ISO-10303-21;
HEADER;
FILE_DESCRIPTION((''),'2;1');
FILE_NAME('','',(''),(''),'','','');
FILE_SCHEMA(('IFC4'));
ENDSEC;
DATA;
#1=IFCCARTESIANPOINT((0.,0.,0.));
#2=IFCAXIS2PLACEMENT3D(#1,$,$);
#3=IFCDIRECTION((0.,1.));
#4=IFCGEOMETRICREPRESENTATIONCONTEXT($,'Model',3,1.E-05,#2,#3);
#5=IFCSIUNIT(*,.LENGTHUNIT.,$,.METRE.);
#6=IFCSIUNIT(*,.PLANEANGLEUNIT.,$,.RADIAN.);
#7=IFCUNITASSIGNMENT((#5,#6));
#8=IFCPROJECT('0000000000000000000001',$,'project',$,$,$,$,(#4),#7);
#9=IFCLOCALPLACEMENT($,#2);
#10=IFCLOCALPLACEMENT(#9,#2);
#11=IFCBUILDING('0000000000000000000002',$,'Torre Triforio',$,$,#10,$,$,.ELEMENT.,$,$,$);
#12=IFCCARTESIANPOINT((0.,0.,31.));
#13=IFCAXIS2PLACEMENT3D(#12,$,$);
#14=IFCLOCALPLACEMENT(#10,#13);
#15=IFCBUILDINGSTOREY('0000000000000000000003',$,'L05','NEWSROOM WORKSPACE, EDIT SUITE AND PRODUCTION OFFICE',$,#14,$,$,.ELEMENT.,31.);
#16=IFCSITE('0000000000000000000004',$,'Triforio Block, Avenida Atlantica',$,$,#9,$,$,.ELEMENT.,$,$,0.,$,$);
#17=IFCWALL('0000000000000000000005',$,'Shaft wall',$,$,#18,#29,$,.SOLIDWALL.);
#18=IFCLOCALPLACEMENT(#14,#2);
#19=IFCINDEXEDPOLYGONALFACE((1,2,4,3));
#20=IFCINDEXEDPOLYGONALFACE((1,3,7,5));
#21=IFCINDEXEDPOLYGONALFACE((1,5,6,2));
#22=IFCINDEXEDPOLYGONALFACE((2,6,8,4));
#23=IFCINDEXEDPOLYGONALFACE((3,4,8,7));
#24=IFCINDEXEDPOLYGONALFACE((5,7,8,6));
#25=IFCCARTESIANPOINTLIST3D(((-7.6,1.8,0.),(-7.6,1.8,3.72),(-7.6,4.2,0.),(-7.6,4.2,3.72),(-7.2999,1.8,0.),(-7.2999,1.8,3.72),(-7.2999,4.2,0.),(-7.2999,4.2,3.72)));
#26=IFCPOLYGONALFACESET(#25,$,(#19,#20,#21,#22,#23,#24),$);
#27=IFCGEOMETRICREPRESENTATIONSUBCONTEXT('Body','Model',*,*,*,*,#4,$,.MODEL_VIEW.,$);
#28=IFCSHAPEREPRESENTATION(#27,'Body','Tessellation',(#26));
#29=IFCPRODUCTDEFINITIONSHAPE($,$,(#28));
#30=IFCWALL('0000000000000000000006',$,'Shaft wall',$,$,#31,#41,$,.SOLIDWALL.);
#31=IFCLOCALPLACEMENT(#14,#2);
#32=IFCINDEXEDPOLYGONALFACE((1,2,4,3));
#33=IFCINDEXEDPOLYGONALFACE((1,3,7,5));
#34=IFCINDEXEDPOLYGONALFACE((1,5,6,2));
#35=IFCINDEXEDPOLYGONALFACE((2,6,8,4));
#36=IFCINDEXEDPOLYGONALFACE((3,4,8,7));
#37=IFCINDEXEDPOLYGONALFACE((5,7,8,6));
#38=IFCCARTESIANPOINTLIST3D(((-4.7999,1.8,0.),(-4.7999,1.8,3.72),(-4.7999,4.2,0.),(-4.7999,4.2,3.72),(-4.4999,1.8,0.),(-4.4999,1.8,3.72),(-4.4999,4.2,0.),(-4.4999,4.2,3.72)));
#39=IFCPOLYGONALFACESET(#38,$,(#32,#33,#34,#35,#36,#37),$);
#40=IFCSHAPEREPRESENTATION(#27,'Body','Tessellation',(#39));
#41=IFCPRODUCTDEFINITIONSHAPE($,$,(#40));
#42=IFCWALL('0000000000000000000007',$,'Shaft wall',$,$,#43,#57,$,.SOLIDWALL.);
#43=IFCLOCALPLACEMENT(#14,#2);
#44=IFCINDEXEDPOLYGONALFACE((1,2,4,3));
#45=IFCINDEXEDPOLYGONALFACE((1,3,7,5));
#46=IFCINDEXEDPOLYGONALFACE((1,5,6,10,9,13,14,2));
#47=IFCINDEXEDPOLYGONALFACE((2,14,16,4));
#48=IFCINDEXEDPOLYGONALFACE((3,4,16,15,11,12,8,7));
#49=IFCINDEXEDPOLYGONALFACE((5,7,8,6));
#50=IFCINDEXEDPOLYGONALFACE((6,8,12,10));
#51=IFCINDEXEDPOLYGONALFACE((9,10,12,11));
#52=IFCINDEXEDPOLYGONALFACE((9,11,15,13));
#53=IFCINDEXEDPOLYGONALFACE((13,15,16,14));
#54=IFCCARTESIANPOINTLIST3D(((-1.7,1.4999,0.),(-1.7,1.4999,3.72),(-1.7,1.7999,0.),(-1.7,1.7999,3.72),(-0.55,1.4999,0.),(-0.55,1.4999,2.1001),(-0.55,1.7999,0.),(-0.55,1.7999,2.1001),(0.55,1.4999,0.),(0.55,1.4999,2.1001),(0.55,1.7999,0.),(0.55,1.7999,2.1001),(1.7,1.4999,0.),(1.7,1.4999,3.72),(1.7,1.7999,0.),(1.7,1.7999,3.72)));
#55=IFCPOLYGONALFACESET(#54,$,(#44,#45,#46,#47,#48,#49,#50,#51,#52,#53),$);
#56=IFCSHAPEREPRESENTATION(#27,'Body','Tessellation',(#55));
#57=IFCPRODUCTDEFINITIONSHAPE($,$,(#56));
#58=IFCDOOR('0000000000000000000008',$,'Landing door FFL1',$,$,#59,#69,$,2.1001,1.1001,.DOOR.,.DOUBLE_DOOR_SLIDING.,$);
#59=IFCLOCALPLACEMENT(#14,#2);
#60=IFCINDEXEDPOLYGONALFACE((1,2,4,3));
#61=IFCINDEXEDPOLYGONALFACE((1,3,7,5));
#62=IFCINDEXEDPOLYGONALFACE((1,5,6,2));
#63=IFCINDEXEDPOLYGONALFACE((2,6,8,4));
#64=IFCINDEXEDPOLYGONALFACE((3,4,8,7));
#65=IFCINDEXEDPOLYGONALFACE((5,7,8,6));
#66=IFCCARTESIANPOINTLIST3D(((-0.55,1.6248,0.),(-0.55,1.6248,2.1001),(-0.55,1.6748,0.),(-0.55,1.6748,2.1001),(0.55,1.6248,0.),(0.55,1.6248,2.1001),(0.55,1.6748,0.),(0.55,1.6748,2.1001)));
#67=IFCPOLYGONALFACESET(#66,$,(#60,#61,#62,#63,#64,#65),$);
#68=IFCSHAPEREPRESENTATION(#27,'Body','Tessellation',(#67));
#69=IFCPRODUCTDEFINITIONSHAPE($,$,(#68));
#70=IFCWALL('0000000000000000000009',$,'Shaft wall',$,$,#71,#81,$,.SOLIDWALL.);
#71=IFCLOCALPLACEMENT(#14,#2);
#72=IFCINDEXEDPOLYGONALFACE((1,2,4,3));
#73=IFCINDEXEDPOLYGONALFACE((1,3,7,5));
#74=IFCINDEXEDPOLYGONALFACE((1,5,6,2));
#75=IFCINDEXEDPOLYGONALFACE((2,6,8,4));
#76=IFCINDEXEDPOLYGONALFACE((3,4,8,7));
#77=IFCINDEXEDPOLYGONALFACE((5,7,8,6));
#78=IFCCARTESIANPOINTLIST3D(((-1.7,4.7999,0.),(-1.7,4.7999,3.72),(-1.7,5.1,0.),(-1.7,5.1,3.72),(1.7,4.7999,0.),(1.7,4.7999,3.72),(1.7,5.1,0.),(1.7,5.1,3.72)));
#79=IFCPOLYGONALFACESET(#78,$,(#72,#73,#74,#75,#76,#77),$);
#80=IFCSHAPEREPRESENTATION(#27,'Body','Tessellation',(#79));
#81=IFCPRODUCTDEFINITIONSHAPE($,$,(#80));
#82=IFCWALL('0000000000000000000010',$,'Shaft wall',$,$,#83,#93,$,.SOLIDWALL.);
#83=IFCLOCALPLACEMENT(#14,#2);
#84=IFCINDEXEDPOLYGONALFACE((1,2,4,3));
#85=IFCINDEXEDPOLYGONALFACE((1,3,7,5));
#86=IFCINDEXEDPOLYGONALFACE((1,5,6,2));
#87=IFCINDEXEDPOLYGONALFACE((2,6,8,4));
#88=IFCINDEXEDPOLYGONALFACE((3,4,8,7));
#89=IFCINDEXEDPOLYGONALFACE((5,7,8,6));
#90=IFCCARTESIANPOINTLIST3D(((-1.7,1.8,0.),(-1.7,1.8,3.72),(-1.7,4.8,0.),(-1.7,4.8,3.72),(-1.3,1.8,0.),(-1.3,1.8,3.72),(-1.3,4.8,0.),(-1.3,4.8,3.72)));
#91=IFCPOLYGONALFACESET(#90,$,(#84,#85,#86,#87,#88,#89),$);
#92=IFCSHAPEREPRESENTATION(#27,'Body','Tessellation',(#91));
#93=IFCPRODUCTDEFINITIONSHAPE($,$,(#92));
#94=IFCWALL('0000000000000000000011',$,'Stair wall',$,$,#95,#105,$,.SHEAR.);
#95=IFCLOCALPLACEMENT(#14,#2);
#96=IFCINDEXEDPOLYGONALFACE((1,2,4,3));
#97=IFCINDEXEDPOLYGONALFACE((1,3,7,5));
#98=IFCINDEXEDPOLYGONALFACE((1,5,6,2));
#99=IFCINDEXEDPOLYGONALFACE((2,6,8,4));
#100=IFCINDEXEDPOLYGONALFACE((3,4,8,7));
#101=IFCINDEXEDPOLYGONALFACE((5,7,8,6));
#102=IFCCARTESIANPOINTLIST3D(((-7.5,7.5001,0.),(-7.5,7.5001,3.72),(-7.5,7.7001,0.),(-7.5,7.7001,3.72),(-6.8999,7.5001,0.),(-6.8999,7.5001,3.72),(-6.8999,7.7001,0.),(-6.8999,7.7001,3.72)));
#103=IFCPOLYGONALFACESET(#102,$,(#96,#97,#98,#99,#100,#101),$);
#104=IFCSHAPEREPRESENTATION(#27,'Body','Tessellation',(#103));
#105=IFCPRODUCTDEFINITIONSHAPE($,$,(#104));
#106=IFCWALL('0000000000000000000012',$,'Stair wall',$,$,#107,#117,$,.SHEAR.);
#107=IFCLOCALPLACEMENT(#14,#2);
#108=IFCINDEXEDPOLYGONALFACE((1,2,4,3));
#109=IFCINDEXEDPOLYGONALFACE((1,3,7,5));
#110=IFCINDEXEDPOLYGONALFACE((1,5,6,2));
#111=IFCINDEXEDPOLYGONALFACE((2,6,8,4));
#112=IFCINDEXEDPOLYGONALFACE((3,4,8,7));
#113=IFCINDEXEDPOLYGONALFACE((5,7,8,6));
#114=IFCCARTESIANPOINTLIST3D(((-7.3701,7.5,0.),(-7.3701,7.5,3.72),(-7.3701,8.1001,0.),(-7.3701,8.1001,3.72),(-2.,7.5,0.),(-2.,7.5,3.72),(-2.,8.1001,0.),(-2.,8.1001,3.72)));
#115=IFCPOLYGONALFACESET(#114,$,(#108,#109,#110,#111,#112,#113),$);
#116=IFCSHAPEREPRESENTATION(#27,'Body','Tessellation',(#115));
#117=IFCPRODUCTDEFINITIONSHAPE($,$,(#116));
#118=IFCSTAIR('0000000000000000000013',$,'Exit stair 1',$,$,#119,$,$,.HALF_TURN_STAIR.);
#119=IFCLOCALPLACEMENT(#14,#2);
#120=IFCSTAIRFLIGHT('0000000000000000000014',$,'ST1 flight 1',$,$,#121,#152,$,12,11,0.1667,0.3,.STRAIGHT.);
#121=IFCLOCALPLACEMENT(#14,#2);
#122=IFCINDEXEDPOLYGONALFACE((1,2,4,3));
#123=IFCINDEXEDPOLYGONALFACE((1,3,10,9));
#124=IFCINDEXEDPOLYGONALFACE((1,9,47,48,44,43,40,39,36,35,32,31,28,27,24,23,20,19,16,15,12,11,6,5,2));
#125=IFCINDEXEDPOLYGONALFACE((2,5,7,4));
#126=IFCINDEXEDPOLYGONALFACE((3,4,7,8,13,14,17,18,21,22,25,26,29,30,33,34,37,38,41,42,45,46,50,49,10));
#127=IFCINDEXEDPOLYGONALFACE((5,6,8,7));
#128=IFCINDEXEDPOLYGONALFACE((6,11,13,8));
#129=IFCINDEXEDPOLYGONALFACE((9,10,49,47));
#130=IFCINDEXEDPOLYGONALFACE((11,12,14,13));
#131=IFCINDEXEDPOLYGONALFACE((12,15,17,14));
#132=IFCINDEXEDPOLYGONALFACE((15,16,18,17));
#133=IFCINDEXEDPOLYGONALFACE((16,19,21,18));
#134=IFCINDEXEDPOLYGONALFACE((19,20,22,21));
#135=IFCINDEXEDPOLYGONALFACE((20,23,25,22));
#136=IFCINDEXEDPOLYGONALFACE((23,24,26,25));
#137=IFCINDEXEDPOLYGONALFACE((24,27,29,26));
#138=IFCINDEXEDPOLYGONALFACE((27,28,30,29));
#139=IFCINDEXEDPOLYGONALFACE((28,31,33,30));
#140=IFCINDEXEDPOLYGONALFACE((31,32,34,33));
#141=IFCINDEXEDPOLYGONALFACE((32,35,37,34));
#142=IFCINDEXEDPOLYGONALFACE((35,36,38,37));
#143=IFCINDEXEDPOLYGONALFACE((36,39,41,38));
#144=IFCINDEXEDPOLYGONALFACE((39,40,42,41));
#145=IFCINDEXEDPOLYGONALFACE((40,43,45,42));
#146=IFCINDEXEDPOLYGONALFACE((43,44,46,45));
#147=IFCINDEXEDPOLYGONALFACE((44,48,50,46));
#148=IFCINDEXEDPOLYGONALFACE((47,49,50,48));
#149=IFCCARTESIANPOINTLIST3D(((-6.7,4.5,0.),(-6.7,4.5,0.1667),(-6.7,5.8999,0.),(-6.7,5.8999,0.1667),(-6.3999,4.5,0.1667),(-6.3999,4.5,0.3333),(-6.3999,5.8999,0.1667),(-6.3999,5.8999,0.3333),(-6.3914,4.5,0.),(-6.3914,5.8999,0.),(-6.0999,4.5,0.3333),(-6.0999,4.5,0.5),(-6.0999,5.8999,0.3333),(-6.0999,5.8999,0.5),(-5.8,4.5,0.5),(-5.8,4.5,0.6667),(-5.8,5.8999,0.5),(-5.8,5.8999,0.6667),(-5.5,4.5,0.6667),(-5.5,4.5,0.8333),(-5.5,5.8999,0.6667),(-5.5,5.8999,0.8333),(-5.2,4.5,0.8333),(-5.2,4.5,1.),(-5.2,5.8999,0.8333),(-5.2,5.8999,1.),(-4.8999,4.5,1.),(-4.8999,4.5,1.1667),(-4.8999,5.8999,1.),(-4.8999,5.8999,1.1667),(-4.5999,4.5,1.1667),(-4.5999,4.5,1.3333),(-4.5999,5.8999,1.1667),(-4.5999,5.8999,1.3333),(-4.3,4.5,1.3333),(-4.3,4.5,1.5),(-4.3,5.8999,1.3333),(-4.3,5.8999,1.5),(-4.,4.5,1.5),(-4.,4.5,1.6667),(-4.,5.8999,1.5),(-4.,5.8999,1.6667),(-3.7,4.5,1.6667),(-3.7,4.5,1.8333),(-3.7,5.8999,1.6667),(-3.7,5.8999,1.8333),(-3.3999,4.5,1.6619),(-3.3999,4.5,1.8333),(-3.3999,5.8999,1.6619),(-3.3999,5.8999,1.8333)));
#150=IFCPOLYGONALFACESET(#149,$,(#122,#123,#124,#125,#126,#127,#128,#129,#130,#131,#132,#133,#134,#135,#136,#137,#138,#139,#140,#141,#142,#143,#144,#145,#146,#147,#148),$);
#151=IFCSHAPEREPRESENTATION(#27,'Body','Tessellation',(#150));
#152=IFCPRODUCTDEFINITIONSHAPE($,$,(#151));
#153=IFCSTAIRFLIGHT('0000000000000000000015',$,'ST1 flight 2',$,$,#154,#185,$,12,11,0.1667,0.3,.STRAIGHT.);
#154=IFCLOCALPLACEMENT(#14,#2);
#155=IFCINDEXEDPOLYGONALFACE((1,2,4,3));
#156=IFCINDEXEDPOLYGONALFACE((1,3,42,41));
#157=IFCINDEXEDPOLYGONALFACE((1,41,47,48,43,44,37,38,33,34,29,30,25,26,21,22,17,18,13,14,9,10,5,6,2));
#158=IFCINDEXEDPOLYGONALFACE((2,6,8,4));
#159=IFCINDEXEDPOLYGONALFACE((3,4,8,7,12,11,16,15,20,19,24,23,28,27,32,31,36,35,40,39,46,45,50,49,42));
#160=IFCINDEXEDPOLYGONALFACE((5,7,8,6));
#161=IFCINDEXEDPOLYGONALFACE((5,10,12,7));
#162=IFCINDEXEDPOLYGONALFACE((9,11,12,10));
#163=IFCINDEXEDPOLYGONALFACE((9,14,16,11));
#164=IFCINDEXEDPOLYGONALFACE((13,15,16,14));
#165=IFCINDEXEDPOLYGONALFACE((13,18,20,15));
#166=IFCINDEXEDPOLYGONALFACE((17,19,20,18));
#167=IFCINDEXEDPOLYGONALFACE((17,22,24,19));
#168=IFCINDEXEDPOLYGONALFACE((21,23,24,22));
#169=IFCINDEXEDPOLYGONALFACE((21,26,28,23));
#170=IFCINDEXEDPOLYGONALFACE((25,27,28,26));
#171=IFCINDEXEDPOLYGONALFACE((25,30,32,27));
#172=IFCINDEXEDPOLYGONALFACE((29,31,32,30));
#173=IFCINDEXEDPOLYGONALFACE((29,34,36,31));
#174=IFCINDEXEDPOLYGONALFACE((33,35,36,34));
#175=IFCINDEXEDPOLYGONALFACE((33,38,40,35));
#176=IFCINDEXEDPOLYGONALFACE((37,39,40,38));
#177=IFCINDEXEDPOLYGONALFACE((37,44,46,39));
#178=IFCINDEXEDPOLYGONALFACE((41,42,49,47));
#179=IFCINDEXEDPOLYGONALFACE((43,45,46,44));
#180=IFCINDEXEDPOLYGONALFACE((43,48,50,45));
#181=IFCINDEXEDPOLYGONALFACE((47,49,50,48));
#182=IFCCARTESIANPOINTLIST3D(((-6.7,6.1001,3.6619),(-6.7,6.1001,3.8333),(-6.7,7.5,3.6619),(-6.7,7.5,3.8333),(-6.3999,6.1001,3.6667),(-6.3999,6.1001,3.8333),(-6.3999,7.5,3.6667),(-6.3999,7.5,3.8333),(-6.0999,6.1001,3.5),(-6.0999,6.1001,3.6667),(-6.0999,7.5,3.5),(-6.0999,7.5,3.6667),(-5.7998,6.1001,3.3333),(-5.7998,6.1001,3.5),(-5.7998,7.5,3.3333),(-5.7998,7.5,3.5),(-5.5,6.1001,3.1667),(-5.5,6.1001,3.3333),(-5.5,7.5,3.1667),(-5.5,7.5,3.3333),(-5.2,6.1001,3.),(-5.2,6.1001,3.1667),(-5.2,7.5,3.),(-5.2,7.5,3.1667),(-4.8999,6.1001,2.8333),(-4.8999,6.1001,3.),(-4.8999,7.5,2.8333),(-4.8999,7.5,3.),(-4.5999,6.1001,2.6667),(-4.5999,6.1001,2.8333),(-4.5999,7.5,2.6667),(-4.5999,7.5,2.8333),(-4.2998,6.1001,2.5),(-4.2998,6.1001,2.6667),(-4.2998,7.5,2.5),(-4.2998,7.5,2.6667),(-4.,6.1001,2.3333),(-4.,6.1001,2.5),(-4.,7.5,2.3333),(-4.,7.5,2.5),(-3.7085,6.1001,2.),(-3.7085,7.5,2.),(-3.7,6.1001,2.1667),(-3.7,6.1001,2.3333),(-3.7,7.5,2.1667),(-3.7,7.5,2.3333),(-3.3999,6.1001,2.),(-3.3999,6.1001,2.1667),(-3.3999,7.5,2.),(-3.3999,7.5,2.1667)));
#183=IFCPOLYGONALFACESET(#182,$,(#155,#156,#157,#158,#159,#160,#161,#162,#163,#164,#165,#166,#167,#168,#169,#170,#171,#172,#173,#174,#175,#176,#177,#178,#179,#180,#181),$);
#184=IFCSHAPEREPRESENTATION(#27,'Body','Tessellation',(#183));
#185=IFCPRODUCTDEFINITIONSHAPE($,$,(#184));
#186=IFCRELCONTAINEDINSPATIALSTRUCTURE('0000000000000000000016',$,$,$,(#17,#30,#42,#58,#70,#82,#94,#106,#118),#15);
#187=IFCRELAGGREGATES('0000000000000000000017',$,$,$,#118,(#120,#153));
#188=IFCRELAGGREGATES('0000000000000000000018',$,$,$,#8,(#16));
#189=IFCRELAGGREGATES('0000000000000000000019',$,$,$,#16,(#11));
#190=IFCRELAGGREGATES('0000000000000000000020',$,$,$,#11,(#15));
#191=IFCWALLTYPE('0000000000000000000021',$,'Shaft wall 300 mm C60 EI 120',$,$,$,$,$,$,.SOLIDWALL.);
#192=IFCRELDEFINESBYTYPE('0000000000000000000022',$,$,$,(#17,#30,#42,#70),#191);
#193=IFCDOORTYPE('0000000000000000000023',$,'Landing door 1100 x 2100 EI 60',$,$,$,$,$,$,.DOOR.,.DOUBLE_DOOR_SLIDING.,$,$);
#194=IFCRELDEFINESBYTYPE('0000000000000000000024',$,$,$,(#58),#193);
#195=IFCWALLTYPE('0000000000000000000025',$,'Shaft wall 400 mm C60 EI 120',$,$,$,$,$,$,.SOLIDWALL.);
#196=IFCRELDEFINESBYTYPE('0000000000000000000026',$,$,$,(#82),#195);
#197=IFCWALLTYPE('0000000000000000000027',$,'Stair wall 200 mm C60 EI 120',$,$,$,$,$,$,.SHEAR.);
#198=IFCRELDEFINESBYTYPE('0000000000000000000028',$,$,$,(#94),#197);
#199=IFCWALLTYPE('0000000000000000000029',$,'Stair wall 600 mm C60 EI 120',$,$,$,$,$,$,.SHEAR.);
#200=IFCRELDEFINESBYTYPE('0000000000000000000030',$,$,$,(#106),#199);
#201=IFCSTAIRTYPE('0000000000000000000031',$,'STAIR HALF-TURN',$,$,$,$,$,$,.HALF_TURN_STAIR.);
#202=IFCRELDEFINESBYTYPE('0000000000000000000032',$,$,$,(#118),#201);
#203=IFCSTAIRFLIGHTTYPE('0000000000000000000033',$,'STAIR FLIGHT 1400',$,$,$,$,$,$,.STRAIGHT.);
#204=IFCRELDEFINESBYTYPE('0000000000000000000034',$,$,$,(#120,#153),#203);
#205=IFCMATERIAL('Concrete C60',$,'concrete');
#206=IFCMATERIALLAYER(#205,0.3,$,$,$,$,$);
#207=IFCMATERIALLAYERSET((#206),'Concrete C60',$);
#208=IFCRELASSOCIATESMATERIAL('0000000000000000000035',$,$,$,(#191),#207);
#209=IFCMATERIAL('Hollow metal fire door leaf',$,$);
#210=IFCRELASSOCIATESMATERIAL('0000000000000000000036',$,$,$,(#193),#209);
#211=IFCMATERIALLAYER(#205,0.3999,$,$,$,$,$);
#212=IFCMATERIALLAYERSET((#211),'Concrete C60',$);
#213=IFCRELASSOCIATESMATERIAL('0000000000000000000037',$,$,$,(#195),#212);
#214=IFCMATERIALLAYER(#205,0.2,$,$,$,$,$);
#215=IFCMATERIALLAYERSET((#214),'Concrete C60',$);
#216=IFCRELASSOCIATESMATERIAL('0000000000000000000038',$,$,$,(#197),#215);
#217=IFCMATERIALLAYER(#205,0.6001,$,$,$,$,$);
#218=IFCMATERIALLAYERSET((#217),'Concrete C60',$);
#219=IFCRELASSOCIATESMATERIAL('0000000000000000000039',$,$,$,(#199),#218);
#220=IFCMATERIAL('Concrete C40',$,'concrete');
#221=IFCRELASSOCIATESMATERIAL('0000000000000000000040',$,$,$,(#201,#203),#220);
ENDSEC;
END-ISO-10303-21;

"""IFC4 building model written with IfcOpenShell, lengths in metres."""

from ifc_helpers import new_model, si_unit, direction, frame, frame_2d, origin, place, context, subcontext, project, spatial, polyline, rectangle, outline, extrude, material, layer, layer_set, type_object, element, fill, aggregate, save


model = new_model("IFC4")

# Units and contexts
model_context = context("Model", 3, precision=1e-05, world=origin(), true_north=direction((0.0, 1.0)))
body_context = subcontext(model_context, "Body", "Model", "MODEL_VIEW")
ifc_project = project(units=[si_unit("LENGTHUNIT", "METRE"), si_unit("PLANEANGLEUNIT", "RADIAN")], contexts=[model_context])

# Site, building, storey
site_placement = place(None, origin())
site = spatial("IfcSite", under=ifc_project, at=site_placement, Name="Triforio Block, Avenida Atlantica", CompositionType="ELEMENT", RefElevation=0.0)
building_placement = place(site_placement, origin())
building = spatial("IfcBuilding", under=site, at=building_placement, Name="Torre Triforio", CompositionType="ELEMENT")
storey_placement = place(building_placement, frame((0.0, 0.0, 31.0)))
storey = spatial("IfcBuildingStorey", under=building, at=storey_placement, Name="L05", Description="NEWSROOM WORKSPACE, EDIT SUITE AND PRODUCTION OFFICE", CompositionType="ELEMENT", Elevation=31.0)

# Walls
ifc_material_1 = material(Name="Concrete C60", Category="concrete")
ifc_layer_1 = layer(ifc_material_1, 0.3)
ifc_layer_set_1 = layer_set([ifc_layer_1], Name="Concrete C60")
wall_type_1 = type_object("IfcWallType", Name="Shaft wall 300 mm C60 EI 120", PredefinedType="SOLIDWALL", material=ifc_layer_set_1)
for number, where, z_axis, x_axis, name in (
    (1, (-7.45, 1.8, 0.0), (0.0, 0.0, 1.0), (0.0, 1.0, 0.0), "Shaft wall"),
    (2, (-4.6499, 1.8, 0.0), (0.0, 0.0, 1.0), (0.0, 1.0, 0.0), "Shaft wall"),
):
    element("IfcWall", number, at=place(storey_placement, frame(where, z_axis=z_axis, x_axis=x_axis)), inside=storey, type_object=wall_type_1, Name=name, PredefinedType="SOLIDWALL", context=body_context, shape_type="SweptSolid", body=[
        extrude(rectangle(XDim=2.3999, YDim=0.3, at=frame_2d((1.2, 0.0))), origin(), (0.0, 0.0, 1.0), 3.72),
    ])

# Wall, opening, door
wall_1_placement = place(storey_placement, frame((-1.7, 1.6499, 0.0), z_axis=(0.0, 0.0, 1.0), x_axis=(1.0, 0.0, 0.0)))
wall_1 = element("IfcWall", 3, at=wall_1_placement, inside=storey, type_object=wall_type_1, Name="Shaft wall", PredefinedType="SOLIDWALL", context=body_context, shape_type="SweptSolid", body=[
    extrude(rectangle(XDim=3.3999, YDim=0.3, at=frame_2d((1.7, 0.0))), origin(), (0.0, 0.0, 1.0), 3.72),
])
opening_placement = place(wall_1_placement, frame((1.1499, 0.0, 0.0)))
opening = element("IfcOpeningElement", 4, at=opening_placement, cuts=wall_1, PredefinedType="OPENING", context=body_context, shape_type="SweptSolid", body=[
    extrude(rectangle(XDim=1.1001, YDim=2.1001, at=frame_2d((0.55, 1.05))), frame((0.0, 0.1599, 0.0), z_axis=(0.0, -1.0, 0.0), x_axis=(1.0, 0.0, 0.0)), (0.0, 0.0, 1.0), 0.3201),
])
ifc_material_2 = material(Name="Hollow metal fire door leaf")
door_type = type_object("IfcDoorType", Name="Landing door 1100 x 2100 EI 60", OperationType="DOUBLE_DOOR_SLIDING", PredefinedType="DOOR", material=ifc_material_2)
door_placement = place(opening_placement, origin())
door = element("IfcDoor", 5, at=door_placement, inside=storey, type_object=door_type, Name="Landing door FFL1", OperationType="DOUBLE_DOOR_SLIDING", OverallHeight=2.1001, OverallWidth=1.1001, PredefinedType="DOOR", context=body_context, shape_type="SweptSolid", body=[
    extrude(rectangle(XDim=1.1001, YDim=2.1001, at=frame_2d((0.55, 1.05))), frame((0.0, 0.0249, 0.0), z_axis=(0.0, -1.0, 0.0), x_axis=(1.0, 0.0, 0.0)), (0.0, 0.0, 1.0), 0.05),
])
fill(opening, door)

# Walls
wall_2_placement = place(storey_placement, frame((-1.7, 4.95, 0.0), z_axis=(0.0, 0.0, 1.0), x_axis=(1.0, 0.0, 0.0)))
element("IfcWall", 6, at=wall_2_placement, inside=storey, type_object=wall_type_1, Name="Shaft wall", PredefinedType="SOLIDWALL", context=body_context, shape_type="SweptSolid", body=[
    extrude(rectangle(XDim=3.3999, YDim=0.3, at=frame_2d((1.7, 0.0))), origin(), (0.0, 0.0, 1.0), 3.72),
])
ifc_layer_2 = layer(ifc_material_1, 0.3999)
ifc_layer_set_2 = layer_set([ifc_layer_2], Name="Concrete C60")
wall_type_2 = type_object("IfcWallType", Name="Shaft wall 400 mm C60 EI 120", PredefinedType="SOLIDWALL", material=ifc_layer_set_2)
wall_3_placement = place(storey_placement, frame((-1.5, 1.8, 0.0), z_axis=(0.0, 0.0, 1.0), x_axis=(0.0, 1.0, 0.0)))
element("IfcWall", 7, at=wall_3_placement, inside=storey, type_object=wall_type_2, Name="Shaft wall", PredefinedType="SOLIDWALL", context=body_context, shape_type="SweptSolid", body=[
    extrude(rectangle(XDim=3.0, YDim=0.3999, at=frame_2d((1.5, 0.0))), origin(), (0.0, 0.0, 1.0), 3.72),
])
ifc_layer_3 = layer(ifc_material_1, 0.2)
ifc_layer_set_3 = layer_set([ifc_layer_3], Name="Concrete C60")
wall_type_3 = type_object("IfcWallType", Name="Stair wall 200 mm C60 EI 120", PredefinedType="SHEAR", material=ifc_layer_set_3)
wall_4_placement = place(storey_placement, frame((-7.5, 7.6001, 0.0), z_axis=(0.0, 0.0, 1.0), x_axis=(1.0, 0.0, 0.0)))
element("IfcWall", 8, at=wall_4_placement, inside=storey, type_object=wall_type_3, Name="Stair wall", PredefinedType="SHEAR", context=body_context, shape_type="SweptSolid", body=[
    extrude(rectangle(XDim=0.6001, YDim=0.2, at=frame_2d((0.3, 0.0))), origin(), (0.0, 0.0, 1.0), 3.72),
])
ifc_layer_4 = layer(ifc_material_1, 0.6001)
ifc_layer_set_4 = layer_set([ifc_layer_4], Name="Concrete C60")
wall_type_4 = type_object("IfcWallType", Name="Stair wall 600 mm C60 EI 120", PredefinedType="SHEAR", material=ifc_layer_set_4)
wall_5_placement = place(storey_placement, frame((-7.3701, 7.8, 0.0), z_axis=(0.0, 0.0, 1.0), x_axis=(1.0, 0.0, 0.0)))
element("IfcWall", 9, at=wall_5_placement, inside=storey, type_object=wall_type_4, Name="Stair wall", PredefinedType="SHEAR", context=body_context, shape_type="SweptSolid", body=[
    extrude(rectangle(XDim=5.3701, YDim=0.6001, at=frame_2d((2.6851, 0.0))), origin(), (0.0, 0.0, 1.0), 3.72),
])

# Stair, stair flights
ifc_material_3 = material(Name="Concrete C40", Category="concrete")
stair_type = type_object("IfcStairType", Name="STAIR HALF-TURN", PredefinedType="HALF_TURN_STAIR", material=ifc_material_3)
stair_placement = place(storey_placement, origin())
stair = element("IfcStair", 10, at=stair_placement, inside=storey, type_object=stair_type, Name="Exit stair 1", PredefinedType="HALF_TURN_STAIR")
stair_flight_type = type_object("IfcStairFlightType", Name="STAIR FLIGHT 1400", PredefinedType="STRAIGHT", material=ifc_material_3)
stair_flight_1_placement = place(storey_placement, frame((-6.7, 5.2, 0.0), z_axis=(0.0, 0.0, 1.0), x_axis=(1.0, 0.0, 0.0)))
stair_flight_1 = element("IfcStairFlight", 11, at=stair_flight_1_placement, type_object=stair_flight_type, Name="ST1 flight 1", NumberOfRisers=12, NumberOfTreads=11, PredefinedType="STRAIGHT", RiserHeight=0.1667, TreadLength=0.3, context=body_context, shape_type="SweptSolid", body=[
    extrude(outline(polyline([(0.0, 0.0), (0.0, 0.1667), (0.3, 0.1667), (0.3, 0.3333), (0.6001, 0.3333), (0.6001, 0.5), (0.8999, 0.5), (0.8999, 0.6667), (1.2, 0.6667), (1.2, 0.8333), (1.5, 0.8333), (1.5, 1.0), (1.8, 1.0), (1.8, 1.1667), (2.1001, 1.1667), (2.1001, 1.3333), (2.3999, 1.3333), (2.3999, 1.5), (2.7, 1.5), (2.7, 1.6667), (3.0, 1.6667), (3.0, 1.8333), (3.3, 1.8333), (3.3, 2.0), (3.3, 1.6619), (0.3086, 0.0), (0.0, 0.0)])), frame((0.0, 0.7, 0.0), z_axis=(0.0, -1.0, 0.0), x_axis=(1.0, 0.0, 0.0)), (0.0, 0.0, 1.0), 1.3999),
])
stair_flight_2_placement = place(storey_placement, frame((-3.3999, 6.8, 2.0), z_axis=(0.0, 0.0, 1.0), x_axis=(-1.0, 0.0, 0.0)))
stair_flight_2 = element("IfcStairFlight", 12, at=stair_flight_2_placement, type_object=stair_flight_type, Name="ST1 flight 2", NumberOfRisers=12, NumberOfTreads=11, PredefinedType="STRAIGHT", RiserHeight=0.1667, TreadLength=0.3, context=body_context, shape_type="SweptSolid", body=[
    extrude(outline(polyline([(0.0, 0.0), (0.0, 0.1667), (0.3, 0.1667), (0.3, 0.3333), (0.6001, 0.3333), (0.6001, 0.5), (0.8999, 0.5), (0.8999, 0.6667), (1.2, 0.6667), (1.2, 0.8333), (1.5, 0.8333), (1.5, 1.0), (1.8, 1.0), (1.8, 1.1667), (2.1001, 1.1667), (2.1001, 1.3333), (2.3999, 1.3333), (2.3999, 1.5), (2.7, 1.5), (2.7, 1.6667), (3.0, 1.6667), (3.0, 1.8333), (3.3, 1.8333), (3.3, 2.0), (3.3, 1.6619), (0.3086, 0.0), (0.0, 0.0)])), frame((0.0, 0.7, 0.0), z_axis=(0.0, -1.0, 0.0), x_axis=(1.0, 0.0, 0.0)), (0.0, 0.0, 1.0), 1.3999),
])
aggregate(stair, [stair_flight_1, stair_flight_2])

save(model, "model.ifc")
